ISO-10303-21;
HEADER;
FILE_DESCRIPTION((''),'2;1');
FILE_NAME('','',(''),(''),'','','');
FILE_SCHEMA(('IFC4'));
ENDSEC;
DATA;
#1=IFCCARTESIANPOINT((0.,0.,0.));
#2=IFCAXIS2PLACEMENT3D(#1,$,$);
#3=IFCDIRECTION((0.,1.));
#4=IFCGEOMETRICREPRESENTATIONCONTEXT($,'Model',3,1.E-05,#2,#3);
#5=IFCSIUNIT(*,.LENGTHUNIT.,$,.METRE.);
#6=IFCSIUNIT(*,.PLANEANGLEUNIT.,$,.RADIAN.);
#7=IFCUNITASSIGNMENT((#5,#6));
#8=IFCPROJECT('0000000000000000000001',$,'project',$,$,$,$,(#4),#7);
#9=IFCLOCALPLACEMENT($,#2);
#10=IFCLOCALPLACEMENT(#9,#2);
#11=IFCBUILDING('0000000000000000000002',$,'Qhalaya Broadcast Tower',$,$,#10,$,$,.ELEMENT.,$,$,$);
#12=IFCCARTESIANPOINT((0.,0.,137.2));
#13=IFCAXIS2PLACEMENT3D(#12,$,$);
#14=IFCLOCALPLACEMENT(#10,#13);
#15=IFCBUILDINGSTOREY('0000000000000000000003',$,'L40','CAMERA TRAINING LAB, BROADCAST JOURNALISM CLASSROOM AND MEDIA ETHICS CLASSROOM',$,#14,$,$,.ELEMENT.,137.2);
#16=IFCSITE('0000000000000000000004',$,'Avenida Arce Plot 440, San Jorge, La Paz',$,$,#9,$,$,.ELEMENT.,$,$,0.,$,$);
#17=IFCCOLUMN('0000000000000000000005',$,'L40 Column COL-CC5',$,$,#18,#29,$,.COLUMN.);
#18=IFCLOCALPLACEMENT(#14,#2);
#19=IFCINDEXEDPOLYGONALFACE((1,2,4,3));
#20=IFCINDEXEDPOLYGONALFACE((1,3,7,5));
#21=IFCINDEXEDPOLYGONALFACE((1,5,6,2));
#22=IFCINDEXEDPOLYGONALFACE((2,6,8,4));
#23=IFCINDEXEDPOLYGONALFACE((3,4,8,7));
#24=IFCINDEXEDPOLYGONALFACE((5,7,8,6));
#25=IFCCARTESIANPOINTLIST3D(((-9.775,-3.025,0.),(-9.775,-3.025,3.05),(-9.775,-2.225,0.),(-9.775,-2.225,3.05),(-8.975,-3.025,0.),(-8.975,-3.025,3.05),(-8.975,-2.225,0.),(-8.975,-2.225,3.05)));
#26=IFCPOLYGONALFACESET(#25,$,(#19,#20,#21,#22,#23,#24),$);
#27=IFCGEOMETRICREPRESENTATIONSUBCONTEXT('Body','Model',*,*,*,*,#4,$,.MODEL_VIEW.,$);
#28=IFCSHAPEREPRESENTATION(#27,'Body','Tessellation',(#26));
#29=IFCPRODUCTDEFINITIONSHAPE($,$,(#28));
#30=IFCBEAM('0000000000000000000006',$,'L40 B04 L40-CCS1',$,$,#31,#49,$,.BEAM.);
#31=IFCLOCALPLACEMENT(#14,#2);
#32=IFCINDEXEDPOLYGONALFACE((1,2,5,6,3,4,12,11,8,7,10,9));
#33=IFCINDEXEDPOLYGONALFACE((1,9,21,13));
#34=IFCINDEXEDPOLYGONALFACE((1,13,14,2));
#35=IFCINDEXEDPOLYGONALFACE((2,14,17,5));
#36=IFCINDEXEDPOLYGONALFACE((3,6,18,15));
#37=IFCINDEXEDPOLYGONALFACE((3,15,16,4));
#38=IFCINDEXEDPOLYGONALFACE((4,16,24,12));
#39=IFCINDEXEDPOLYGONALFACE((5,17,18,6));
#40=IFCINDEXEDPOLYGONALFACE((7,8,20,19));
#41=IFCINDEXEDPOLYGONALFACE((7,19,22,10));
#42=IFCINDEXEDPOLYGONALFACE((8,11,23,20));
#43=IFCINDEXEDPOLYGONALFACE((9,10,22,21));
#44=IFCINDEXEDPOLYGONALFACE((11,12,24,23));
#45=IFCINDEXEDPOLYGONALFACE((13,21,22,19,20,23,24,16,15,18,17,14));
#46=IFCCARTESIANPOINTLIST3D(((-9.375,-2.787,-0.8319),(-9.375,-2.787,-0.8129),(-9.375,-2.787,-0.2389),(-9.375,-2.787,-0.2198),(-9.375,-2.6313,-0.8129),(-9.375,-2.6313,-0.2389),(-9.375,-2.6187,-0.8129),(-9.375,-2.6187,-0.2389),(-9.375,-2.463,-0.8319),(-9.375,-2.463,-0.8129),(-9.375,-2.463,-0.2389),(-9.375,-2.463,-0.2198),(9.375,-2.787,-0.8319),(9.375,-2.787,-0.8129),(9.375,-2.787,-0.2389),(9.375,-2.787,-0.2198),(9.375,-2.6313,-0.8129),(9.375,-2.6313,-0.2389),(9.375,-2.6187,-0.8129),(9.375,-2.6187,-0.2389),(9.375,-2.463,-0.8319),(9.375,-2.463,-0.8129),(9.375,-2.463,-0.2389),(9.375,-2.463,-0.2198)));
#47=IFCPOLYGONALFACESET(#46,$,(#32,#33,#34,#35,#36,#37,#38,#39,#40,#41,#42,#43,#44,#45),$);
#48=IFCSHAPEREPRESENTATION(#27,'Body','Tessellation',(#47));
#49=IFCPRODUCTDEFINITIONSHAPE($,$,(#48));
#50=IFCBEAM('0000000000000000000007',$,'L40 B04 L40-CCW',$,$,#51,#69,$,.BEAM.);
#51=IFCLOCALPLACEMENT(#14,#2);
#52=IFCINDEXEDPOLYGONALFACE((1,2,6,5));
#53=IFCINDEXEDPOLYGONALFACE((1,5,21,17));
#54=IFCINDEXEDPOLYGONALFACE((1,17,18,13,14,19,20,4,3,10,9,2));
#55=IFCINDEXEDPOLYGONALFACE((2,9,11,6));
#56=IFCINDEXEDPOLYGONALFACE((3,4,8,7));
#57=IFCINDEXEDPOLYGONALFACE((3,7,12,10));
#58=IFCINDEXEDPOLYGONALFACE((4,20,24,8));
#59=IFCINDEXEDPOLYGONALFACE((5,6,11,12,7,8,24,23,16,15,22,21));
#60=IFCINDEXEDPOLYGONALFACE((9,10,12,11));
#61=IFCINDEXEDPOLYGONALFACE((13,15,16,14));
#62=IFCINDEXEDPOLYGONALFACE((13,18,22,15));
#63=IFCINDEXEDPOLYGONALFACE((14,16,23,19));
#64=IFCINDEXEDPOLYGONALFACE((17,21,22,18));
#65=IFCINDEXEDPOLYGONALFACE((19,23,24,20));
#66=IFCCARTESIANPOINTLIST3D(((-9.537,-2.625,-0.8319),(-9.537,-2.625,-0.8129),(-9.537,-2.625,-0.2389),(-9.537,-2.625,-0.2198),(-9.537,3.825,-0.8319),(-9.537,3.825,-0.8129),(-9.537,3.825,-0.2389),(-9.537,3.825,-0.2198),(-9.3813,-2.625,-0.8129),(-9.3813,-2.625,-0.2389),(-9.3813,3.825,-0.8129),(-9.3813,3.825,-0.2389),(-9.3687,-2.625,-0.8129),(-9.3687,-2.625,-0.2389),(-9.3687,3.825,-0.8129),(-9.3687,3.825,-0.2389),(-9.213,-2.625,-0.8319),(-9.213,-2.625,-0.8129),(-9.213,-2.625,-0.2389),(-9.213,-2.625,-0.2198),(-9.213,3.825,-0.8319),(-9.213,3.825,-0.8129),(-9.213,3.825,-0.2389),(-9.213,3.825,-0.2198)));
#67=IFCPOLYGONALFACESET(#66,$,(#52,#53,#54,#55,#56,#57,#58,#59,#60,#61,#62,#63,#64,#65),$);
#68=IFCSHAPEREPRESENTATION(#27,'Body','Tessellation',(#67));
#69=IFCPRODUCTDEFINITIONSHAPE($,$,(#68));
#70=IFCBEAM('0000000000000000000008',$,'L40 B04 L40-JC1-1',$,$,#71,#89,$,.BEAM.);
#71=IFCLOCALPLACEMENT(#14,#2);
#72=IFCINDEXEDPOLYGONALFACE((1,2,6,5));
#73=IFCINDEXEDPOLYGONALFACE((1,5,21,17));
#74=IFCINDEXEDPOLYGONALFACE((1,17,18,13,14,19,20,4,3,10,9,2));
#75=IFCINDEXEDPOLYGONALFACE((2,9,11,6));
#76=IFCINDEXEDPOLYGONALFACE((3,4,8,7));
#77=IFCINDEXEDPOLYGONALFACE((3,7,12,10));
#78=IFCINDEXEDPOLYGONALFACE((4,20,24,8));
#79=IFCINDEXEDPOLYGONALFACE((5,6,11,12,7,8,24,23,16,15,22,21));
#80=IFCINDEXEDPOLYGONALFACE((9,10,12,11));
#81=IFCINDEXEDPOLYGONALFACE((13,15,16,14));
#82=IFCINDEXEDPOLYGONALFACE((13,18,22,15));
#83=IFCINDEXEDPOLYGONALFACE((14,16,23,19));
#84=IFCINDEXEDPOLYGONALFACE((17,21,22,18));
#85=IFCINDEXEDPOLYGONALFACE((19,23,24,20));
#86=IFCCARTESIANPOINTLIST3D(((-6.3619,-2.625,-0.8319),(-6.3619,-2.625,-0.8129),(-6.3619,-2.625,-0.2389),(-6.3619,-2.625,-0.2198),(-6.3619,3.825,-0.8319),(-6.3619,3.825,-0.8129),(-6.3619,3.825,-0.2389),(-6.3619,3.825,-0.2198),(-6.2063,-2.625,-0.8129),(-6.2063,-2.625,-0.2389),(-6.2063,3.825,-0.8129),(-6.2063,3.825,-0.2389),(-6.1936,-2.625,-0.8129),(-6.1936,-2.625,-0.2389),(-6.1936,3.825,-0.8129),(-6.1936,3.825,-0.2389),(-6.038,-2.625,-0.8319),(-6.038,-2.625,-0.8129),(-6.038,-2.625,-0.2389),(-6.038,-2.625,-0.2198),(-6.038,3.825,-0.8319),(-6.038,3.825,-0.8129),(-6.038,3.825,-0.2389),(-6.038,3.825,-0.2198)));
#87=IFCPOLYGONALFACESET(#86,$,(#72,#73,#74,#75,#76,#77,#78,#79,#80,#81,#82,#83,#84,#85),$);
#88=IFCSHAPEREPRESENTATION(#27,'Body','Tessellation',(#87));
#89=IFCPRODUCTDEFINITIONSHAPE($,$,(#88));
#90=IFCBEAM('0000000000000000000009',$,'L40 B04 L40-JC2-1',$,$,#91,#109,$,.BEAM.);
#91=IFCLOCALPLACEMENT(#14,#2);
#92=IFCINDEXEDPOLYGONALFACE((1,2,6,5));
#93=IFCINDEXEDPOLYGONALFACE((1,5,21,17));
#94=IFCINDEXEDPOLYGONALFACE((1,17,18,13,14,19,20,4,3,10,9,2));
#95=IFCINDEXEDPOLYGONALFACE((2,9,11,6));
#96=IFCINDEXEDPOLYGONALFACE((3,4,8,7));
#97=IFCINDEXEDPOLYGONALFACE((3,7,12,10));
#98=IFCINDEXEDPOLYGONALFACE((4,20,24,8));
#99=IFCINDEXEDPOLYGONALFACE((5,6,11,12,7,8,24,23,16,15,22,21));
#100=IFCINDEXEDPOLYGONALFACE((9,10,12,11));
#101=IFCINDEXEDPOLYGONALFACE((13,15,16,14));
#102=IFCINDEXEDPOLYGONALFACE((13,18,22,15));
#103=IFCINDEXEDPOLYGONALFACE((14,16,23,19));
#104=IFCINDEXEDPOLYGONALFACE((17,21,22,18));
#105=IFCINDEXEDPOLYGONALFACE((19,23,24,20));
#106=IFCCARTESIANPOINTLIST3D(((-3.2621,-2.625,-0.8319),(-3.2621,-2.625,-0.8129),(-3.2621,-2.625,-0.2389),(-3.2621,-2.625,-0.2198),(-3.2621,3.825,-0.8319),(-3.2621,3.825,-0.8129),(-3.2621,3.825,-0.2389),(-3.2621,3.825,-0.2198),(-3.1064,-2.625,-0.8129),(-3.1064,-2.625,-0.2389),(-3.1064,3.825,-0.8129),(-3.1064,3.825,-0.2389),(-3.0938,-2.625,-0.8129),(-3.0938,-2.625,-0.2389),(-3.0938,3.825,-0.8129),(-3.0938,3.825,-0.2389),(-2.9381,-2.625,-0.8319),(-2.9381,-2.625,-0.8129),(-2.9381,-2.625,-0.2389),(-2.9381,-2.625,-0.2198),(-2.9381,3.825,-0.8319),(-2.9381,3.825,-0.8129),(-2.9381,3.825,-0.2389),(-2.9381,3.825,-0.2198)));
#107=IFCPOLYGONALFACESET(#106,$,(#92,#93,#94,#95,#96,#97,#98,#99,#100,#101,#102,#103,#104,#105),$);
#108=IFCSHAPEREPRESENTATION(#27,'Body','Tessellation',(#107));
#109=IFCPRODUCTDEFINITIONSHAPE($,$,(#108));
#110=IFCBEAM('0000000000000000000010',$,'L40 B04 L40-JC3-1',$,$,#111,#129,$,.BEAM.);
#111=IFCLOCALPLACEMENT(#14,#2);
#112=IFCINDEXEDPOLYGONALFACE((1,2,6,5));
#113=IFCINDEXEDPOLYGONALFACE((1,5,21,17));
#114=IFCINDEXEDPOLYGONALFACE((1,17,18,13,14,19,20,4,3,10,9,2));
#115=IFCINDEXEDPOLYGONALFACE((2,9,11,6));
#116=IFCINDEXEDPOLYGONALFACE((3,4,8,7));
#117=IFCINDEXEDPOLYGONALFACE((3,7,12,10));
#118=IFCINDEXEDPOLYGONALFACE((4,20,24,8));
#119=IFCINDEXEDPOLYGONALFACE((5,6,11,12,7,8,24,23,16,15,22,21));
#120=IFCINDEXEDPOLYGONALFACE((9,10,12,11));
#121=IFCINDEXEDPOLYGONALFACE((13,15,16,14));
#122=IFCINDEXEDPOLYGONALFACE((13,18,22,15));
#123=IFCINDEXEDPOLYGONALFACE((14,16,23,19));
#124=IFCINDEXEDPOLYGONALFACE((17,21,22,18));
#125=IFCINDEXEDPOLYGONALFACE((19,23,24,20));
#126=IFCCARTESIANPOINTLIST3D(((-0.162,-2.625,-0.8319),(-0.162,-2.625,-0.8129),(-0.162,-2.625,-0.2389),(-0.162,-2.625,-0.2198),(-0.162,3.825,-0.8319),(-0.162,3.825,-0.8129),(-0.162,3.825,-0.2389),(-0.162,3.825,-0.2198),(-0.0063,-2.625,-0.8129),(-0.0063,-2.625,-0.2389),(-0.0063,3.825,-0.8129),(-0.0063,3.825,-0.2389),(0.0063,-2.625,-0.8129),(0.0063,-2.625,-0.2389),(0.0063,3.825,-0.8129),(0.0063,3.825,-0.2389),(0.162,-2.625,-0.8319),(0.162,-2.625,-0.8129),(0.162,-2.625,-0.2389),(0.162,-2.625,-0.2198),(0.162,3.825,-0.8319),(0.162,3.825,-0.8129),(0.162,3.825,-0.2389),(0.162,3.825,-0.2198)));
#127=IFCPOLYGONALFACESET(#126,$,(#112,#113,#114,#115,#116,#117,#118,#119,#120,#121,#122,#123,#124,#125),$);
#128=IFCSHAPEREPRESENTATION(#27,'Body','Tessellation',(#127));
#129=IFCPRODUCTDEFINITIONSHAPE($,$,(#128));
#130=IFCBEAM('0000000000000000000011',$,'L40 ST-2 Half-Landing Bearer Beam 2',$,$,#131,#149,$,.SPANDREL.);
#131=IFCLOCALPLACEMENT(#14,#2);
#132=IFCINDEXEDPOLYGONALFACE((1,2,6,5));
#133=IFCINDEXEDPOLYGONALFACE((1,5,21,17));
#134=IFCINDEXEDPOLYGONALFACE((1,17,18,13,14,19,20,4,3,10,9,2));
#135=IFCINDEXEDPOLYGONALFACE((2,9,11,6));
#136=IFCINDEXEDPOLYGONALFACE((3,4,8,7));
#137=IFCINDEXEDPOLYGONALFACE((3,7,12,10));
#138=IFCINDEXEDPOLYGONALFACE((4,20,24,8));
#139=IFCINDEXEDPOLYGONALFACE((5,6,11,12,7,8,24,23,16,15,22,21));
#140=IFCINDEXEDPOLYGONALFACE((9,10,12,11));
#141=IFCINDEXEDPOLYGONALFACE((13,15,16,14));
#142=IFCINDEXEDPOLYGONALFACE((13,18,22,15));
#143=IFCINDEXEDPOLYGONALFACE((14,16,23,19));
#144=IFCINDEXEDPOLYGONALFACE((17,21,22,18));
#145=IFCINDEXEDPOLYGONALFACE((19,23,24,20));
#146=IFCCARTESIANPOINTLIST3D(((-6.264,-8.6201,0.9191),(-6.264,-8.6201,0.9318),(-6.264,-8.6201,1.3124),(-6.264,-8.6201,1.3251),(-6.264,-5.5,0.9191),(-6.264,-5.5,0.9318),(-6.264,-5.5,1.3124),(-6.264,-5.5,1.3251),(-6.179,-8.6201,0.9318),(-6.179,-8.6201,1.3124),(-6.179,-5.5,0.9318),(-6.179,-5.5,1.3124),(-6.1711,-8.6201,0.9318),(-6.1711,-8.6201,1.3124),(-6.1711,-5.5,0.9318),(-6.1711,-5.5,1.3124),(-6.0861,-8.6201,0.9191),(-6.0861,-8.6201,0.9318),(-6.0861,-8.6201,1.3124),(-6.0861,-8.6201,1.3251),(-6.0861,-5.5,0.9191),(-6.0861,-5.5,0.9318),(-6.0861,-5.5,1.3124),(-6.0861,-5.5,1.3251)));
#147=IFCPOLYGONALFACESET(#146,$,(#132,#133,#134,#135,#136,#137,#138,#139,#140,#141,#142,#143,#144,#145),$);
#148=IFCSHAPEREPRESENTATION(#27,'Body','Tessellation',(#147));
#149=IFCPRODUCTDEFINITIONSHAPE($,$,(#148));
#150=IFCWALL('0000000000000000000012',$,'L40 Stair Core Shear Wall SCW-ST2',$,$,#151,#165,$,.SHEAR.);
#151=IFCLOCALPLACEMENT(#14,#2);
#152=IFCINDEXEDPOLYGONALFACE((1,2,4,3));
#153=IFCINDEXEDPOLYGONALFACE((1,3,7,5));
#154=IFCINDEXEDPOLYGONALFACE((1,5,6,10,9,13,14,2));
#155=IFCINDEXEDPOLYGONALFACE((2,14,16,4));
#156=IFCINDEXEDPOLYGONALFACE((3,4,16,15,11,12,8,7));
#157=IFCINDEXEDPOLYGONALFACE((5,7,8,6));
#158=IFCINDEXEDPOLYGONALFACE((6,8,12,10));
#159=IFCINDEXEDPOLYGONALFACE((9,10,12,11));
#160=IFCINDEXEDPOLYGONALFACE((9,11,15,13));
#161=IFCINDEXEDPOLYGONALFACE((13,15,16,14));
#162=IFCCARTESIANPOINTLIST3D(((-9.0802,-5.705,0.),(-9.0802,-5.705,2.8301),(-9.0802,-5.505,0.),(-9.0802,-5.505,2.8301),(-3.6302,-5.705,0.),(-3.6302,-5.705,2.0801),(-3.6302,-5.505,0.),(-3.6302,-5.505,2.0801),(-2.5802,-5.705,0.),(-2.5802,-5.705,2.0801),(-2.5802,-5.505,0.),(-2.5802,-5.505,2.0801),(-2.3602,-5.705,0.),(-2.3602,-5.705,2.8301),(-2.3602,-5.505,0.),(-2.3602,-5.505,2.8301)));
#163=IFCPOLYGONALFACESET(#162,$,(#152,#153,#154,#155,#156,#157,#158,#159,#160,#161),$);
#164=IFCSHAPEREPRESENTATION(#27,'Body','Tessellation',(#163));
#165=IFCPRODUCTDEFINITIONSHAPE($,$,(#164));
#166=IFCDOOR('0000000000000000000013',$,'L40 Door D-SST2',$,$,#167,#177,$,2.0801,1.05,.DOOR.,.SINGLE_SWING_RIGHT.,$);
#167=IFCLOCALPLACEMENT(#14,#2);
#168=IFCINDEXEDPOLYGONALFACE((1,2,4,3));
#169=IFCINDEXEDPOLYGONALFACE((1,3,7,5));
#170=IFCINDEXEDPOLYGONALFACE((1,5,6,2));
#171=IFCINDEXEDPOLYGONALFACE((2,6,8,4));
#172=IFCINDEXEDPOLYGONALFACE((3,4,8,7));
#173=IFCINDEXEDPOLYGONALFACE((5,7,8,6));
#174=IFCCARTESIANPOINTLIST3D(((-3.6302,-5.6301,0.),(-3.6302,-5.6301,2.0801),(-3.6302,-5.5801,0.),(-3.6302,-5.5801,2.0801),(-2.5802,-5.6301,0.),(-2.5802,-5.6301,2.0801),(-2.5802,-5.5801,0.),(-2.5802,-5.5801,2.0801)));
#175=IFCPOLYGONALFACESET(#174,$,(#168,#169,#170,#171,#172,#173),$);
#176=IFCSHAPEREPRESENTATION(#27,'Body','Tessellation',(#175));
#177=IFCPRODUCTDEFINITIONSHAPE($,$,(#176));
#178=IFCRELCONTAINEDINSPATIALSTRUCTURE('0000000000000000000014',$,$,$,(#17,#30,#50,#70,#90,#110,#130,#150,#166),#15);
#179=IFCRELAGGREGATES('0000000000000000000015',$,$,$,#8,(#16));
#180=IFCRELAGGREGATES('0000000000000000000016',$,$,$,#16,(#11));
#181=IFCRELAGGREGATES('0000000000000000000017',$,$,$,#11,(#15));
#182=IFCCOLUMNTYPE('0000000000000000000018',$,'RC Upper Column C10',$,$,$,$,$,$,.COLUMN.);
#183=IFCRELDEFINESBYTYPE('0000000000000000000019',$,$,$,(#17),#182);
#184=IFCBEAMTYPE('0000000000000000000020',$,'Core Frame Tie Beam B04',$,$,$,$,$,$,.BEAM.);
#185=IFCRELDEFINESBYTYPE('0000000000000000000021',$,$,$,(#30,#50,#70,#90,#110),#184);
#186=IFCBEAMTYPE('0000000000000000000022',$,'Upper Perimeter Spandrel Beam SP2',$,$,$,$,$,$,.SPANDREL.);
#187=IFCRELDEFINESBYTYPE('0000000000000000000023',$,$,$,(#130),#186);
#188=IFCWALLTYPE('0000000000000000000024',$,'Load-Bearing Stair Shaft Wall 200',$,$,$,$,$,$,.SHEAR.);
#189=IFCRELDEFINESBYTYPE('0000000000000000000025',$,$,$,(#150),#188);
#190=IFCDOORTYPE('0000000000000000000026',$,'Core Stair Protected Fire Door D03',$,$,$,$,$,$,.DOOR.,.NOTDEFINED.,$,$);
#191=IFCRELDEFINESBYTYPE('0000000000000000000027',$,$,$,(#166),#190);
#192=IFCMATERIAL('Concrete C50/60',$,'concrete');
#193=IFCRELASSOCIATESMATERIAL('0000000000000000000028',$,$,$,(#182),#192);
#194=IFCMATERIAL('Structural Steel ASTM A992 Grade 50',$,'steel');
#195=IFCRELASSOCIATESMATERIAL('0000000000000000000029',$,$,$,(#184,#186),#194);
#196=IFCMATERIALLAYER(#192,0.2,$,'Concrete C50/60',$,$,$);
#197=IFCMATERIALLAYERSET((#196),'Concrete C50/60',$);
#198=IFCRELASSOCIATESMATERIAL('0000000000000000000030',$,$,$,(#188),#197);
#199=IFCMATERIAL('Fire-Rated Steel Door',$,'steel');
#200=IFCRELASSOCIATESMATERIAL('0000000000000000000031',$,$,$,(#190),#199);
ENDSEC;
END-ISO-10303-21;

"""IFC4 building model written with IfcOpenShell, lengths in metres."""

from ifc_helpers import new_model, si_unit, direction, frame, frame_2d, origin, origin_2d, place, context, subcontext, project, spatial, rectangle, i_section, extrude, material, layer, layer_set, material_profile, profile_set, type_object, element, fill, save


model = new_model("IFC4")

# Units and contexts
model_context = context("Model", 3, precision=1e-05, world=origin(), true_north=direction((0.0, 1.0)))
body_context = subcontext(model_context, "Body", "Model", "MODEL_VIEW")
ifc_project = project(units=[si_unit("LENGTHUNIT", "METRE"), si_unit("PLANEANGLEUNIT", "RADIAN")], contexts=[model_context])

# Site, building, storey
site_placement = place(None, origin())
site = spatial("IfcSite", under=ifc_project, at=site_placement, Name="Avenida Arce Plot 440, San Jorge, La Paz", CompositionType="ELEMENT", RefElevation=0.0)
building_placement = place(site_placement, origin())
building = spatial("IfcBuilding", under=site, at=building_placement, Name="Qhalaya Broadcast Tower", CompositionType="ELEMENT")
storey_placement = place(building_placement, frame((0.0, 0.0, 137.2)))
storey = spatial("IfcBuildingStorey", under=building, at=storey_placement, Name="L40", Description="CAMERA TRAINING LAB, BROADCAST JOURNALISM CLASSROOM AND MEDIA ETHICS CLASSROOM", CompositionType="ELEMENT", Elevation=137.2)

# Column
ifc_material_1 = material(Name="Concrete C50/60", Category="concrete")
ifc_material_profile_1 = material_profile(ifc_material_1, rectangle(XDim=0.8, YDim=0.8, at=origin_2d()), Name="RC-COL 800x800")
ifc_profile_set_1 = profile_set([ifc_material_profile_1], Name="Concrete C50/60")
column_type = type_object("IfcColumnType", Name="RC Upper Column C10", PredefinedType="COLUMN", material=ifc_profile_set_1)
column_placement = place(storey_placement, frame((-9.375, -2.625, 0.0), z_axis=(0.0, 0.0, 1.0), x_axis=(1.0, 0.0, 0.0)))
element("IfcColumn", 1, at=column_placement, inside=storey, type_object=column_type, Name="L40 Column COL-CC5", PredefinedType="COLUMN", context=body_context, shape_type="SweptSolid", body=[
    extrude(rectangle(XDim=0.8, YDim=0.8, at=origin_2d()), origin(), (0.0, 0.0, 1.0), 3.05),
])

# Beams
ifc_material_2 = material(Name="Structural Steel ASTM A992 Grade 50", Category="steel")
ifc_material_profile_2 = material_profile(ifc_material_2, i_section(OverallWidth=0.324, OverallDepth=0.6121, WebThickness=0.0127, FlangeThickness=0.019, at=origin_2d()), Name="W24X104")
ifc_profile_set_2 = profile_set([ifc_material_profile_2], Name="Structural Steel ASTM A992 Grade 50")
beam_type_1 = type_object("IfcBeamType", Name="Core Frame Tie Beam B04", PredefinedType="BEAM", material=ifc_profile_set_2)
beam_1_placement = place(storey_placement, frame((-9.375, -2.625, -0.5259), z_axis=(1.0, 0.0, 0.0), x_axis=(0.0, 1.0, 0.0)))
element("IfcBeam", 2, at=beam_1_placement, inside=storey, type_object=beam_type_1, Name="L40 B04 L40-CCS1", PredefinedType="BEAM", context=body_context, shape_type="SweptSolid", body=[
    extrude(i_section(OverallWidth=0.324, OverallDepth=0.6121, WebThickness=0.0127, FlangeThickness=0.019, at=origin_2d()), origin(), (0.0, 0.0, 1.0), 18.75),
])
for number, where, z_axis, x_axis, name in (
    (3, (-9.375, -2.625, -0.5259), (0.0, 1.0, 0.0), (-1.0, 0.0, 0.0), "L40 B04 L40-CCW"),
    (4, (-6.2, -2.625, -0.5259), (0.0, 1.0, 0.0), (-1.0, 0.0, 0.0), "L40 B04 L40-JC1-1"),
    (5, (-3.1001, -2.625, -0.5259), (0.0, 1.0, 0.0), (-1.0, 0.0, 0.0), "L40 B04 L40-JC2-1"),
    (6, (0.0, -2.625, -0.5259), (0.0, 1.0, 0.0), (-1.0, 0.0, 0.0), "L40 B04 L40-JC3-1"),
):
    element("IfcBeam", number, at=place(storey_placement, frame(where, z_axis=z_axis, x_axis=x_axis)), inside=storey, type_object=beam_type_1, Name=name, PredefinedType="BEAM", context=body_context, shape_type="SweptSolid", body=[
        extrude(i_section(OverallWidth=0.324, OverallDepth=0.6121, WebThickness=0.0127, FlangeThickness=0.019, at=origin_2d()), origin(), (0.0, 0.0, 1.0), 6.45),
    ])
ifc_material_profile_3 = material_profile(ifc_material_2, i_section(OverallWidth=0.178, OverallDepth=0.406, WebThickness=0.0078, FlangeThickness=0.0127, at=origin_2d()), Name="W16X40")
ifc_profile_set_3 = profile_set([ifc_material_profile_3], Name="Structural Steel ASTM A992 Grade 50")
beam_type_2 = type_object("IfcBeamType", Name="Upper Perimeter Spandrel Beam SP2", PredefinedType="SPANDREL", material=ifc_profile_set_3)
beam_2_placement = place(storey_placement, frame((-6.175, -8.6201, 1.1221), z_axis=(0.0, 1.0, 0.0), x_axis=(-1.0, 0.0, 0.0)))
element("IfcBeam", 7, at=beam_2_placement, inside=storey, type_object=beam_type_2, Name="L40 ST-2 Half-Landing Bearer Beam 2", PredefinedType="SPANDREL", context=body_context, shape_type="SweptSolid", body=[
    extrude(i_section(OverallWidth=0.178, OverallDepth=0.406, WebThickness=0.0078, FlangeThickness=0.0127, at=origin_2d()), origin(), (0.0, 0.0, 1.0), 3.1201),
])

# Wall, opening, door
ifc_layer_1 = layer(ifc_material_1, 0.2, Name="Concrete C50/60")
ifc_layer_set_1 = layer_set([ifc_layer_1], Name="Concrete C50/60")
wall_type_1 = type_object("IfcWallType", Name="Load-Bearing Stair Shaft Wall 200", PredefinedType="SHEAR", material=ifc_layer_set_1)
wall_1_placement = place(storey_placement, frame((-9.0801, -5.605, 0.0), z_axis=(0.0, 0.0, 1.0), x_axis=(1.0, 0.0, 0.0)))
wall_1 = element("IfcWall", 8, at=wall_1_placement, inside=storey, type_object=wall_type_1, Name="L40 Stair Core Shear Wall SCW-ST2", PredefinedType="SHEAR", context=body_context, shape_type="SweptSolid", body=[
    extrude(rectangle(XDim=6.72, YDim=0.2, at=frame_2d((3.3599, 0.0))), origin(), (0.0, 0.0, 1.0), 2.8301),
])
opening_1_placement = place(wall_1_placement, frame((5.45, 0.0, 0.0)))
opening_1 = element("IfcOpeningElement", 9, at=opening_1_placement, cuts=wall_1, PredefinedType="OPENING", context=body_context, shape_type="SweptSolid", body=[
    extrude(rectangle(XDim=1.05, YDim=2.0801, at=frame_2d((0.5249, 1.04))), frame((0.0, 0.1121, 0.0), z_axis=(0.0, -1.0, 0.0), x_axis=(1.0, 0.0, 0.0)), (0.0, 0.0, 1.0), 0.2239),
])
ifc_material_3 = material(Name="Fire-Rated Steel Door", Category="steel")
door_type_1 = type_object("IfcDoorType", Name="Core Stair Protected Fire Door D03", OperationType="NOTDEFINED", PredefinedType="DOOR", material=ifc_material_3)
door_1_placement = place(opening_1_placement, origin())
door_1 = element("IfcDoor", 10, at=door_1_placement, inside=storey, type_object=door_type_1, Name="L40 Door D-SST2", OperationType="SINGLE_SWING_RIGHT", OverallHeight=2.0801, OverallWidth=1.05, PredefinedType="DOOR", context=body_context, shape_type="SweptSolid", body=[
    extrude(rectangle(XDim=1.05, YDim=2.0801, at=frame_2d((0.5249, 1.04))), frame((0.0, 0.0249, 0.0), z_axis=(0.0, -1.0, 0.0), x_axis=(1.0, 0.0, 0.0)), (0.0, 0.0, 1.0), 0.05),
])
fill(opening_1, door_1)

save(model, "model.ifc")
